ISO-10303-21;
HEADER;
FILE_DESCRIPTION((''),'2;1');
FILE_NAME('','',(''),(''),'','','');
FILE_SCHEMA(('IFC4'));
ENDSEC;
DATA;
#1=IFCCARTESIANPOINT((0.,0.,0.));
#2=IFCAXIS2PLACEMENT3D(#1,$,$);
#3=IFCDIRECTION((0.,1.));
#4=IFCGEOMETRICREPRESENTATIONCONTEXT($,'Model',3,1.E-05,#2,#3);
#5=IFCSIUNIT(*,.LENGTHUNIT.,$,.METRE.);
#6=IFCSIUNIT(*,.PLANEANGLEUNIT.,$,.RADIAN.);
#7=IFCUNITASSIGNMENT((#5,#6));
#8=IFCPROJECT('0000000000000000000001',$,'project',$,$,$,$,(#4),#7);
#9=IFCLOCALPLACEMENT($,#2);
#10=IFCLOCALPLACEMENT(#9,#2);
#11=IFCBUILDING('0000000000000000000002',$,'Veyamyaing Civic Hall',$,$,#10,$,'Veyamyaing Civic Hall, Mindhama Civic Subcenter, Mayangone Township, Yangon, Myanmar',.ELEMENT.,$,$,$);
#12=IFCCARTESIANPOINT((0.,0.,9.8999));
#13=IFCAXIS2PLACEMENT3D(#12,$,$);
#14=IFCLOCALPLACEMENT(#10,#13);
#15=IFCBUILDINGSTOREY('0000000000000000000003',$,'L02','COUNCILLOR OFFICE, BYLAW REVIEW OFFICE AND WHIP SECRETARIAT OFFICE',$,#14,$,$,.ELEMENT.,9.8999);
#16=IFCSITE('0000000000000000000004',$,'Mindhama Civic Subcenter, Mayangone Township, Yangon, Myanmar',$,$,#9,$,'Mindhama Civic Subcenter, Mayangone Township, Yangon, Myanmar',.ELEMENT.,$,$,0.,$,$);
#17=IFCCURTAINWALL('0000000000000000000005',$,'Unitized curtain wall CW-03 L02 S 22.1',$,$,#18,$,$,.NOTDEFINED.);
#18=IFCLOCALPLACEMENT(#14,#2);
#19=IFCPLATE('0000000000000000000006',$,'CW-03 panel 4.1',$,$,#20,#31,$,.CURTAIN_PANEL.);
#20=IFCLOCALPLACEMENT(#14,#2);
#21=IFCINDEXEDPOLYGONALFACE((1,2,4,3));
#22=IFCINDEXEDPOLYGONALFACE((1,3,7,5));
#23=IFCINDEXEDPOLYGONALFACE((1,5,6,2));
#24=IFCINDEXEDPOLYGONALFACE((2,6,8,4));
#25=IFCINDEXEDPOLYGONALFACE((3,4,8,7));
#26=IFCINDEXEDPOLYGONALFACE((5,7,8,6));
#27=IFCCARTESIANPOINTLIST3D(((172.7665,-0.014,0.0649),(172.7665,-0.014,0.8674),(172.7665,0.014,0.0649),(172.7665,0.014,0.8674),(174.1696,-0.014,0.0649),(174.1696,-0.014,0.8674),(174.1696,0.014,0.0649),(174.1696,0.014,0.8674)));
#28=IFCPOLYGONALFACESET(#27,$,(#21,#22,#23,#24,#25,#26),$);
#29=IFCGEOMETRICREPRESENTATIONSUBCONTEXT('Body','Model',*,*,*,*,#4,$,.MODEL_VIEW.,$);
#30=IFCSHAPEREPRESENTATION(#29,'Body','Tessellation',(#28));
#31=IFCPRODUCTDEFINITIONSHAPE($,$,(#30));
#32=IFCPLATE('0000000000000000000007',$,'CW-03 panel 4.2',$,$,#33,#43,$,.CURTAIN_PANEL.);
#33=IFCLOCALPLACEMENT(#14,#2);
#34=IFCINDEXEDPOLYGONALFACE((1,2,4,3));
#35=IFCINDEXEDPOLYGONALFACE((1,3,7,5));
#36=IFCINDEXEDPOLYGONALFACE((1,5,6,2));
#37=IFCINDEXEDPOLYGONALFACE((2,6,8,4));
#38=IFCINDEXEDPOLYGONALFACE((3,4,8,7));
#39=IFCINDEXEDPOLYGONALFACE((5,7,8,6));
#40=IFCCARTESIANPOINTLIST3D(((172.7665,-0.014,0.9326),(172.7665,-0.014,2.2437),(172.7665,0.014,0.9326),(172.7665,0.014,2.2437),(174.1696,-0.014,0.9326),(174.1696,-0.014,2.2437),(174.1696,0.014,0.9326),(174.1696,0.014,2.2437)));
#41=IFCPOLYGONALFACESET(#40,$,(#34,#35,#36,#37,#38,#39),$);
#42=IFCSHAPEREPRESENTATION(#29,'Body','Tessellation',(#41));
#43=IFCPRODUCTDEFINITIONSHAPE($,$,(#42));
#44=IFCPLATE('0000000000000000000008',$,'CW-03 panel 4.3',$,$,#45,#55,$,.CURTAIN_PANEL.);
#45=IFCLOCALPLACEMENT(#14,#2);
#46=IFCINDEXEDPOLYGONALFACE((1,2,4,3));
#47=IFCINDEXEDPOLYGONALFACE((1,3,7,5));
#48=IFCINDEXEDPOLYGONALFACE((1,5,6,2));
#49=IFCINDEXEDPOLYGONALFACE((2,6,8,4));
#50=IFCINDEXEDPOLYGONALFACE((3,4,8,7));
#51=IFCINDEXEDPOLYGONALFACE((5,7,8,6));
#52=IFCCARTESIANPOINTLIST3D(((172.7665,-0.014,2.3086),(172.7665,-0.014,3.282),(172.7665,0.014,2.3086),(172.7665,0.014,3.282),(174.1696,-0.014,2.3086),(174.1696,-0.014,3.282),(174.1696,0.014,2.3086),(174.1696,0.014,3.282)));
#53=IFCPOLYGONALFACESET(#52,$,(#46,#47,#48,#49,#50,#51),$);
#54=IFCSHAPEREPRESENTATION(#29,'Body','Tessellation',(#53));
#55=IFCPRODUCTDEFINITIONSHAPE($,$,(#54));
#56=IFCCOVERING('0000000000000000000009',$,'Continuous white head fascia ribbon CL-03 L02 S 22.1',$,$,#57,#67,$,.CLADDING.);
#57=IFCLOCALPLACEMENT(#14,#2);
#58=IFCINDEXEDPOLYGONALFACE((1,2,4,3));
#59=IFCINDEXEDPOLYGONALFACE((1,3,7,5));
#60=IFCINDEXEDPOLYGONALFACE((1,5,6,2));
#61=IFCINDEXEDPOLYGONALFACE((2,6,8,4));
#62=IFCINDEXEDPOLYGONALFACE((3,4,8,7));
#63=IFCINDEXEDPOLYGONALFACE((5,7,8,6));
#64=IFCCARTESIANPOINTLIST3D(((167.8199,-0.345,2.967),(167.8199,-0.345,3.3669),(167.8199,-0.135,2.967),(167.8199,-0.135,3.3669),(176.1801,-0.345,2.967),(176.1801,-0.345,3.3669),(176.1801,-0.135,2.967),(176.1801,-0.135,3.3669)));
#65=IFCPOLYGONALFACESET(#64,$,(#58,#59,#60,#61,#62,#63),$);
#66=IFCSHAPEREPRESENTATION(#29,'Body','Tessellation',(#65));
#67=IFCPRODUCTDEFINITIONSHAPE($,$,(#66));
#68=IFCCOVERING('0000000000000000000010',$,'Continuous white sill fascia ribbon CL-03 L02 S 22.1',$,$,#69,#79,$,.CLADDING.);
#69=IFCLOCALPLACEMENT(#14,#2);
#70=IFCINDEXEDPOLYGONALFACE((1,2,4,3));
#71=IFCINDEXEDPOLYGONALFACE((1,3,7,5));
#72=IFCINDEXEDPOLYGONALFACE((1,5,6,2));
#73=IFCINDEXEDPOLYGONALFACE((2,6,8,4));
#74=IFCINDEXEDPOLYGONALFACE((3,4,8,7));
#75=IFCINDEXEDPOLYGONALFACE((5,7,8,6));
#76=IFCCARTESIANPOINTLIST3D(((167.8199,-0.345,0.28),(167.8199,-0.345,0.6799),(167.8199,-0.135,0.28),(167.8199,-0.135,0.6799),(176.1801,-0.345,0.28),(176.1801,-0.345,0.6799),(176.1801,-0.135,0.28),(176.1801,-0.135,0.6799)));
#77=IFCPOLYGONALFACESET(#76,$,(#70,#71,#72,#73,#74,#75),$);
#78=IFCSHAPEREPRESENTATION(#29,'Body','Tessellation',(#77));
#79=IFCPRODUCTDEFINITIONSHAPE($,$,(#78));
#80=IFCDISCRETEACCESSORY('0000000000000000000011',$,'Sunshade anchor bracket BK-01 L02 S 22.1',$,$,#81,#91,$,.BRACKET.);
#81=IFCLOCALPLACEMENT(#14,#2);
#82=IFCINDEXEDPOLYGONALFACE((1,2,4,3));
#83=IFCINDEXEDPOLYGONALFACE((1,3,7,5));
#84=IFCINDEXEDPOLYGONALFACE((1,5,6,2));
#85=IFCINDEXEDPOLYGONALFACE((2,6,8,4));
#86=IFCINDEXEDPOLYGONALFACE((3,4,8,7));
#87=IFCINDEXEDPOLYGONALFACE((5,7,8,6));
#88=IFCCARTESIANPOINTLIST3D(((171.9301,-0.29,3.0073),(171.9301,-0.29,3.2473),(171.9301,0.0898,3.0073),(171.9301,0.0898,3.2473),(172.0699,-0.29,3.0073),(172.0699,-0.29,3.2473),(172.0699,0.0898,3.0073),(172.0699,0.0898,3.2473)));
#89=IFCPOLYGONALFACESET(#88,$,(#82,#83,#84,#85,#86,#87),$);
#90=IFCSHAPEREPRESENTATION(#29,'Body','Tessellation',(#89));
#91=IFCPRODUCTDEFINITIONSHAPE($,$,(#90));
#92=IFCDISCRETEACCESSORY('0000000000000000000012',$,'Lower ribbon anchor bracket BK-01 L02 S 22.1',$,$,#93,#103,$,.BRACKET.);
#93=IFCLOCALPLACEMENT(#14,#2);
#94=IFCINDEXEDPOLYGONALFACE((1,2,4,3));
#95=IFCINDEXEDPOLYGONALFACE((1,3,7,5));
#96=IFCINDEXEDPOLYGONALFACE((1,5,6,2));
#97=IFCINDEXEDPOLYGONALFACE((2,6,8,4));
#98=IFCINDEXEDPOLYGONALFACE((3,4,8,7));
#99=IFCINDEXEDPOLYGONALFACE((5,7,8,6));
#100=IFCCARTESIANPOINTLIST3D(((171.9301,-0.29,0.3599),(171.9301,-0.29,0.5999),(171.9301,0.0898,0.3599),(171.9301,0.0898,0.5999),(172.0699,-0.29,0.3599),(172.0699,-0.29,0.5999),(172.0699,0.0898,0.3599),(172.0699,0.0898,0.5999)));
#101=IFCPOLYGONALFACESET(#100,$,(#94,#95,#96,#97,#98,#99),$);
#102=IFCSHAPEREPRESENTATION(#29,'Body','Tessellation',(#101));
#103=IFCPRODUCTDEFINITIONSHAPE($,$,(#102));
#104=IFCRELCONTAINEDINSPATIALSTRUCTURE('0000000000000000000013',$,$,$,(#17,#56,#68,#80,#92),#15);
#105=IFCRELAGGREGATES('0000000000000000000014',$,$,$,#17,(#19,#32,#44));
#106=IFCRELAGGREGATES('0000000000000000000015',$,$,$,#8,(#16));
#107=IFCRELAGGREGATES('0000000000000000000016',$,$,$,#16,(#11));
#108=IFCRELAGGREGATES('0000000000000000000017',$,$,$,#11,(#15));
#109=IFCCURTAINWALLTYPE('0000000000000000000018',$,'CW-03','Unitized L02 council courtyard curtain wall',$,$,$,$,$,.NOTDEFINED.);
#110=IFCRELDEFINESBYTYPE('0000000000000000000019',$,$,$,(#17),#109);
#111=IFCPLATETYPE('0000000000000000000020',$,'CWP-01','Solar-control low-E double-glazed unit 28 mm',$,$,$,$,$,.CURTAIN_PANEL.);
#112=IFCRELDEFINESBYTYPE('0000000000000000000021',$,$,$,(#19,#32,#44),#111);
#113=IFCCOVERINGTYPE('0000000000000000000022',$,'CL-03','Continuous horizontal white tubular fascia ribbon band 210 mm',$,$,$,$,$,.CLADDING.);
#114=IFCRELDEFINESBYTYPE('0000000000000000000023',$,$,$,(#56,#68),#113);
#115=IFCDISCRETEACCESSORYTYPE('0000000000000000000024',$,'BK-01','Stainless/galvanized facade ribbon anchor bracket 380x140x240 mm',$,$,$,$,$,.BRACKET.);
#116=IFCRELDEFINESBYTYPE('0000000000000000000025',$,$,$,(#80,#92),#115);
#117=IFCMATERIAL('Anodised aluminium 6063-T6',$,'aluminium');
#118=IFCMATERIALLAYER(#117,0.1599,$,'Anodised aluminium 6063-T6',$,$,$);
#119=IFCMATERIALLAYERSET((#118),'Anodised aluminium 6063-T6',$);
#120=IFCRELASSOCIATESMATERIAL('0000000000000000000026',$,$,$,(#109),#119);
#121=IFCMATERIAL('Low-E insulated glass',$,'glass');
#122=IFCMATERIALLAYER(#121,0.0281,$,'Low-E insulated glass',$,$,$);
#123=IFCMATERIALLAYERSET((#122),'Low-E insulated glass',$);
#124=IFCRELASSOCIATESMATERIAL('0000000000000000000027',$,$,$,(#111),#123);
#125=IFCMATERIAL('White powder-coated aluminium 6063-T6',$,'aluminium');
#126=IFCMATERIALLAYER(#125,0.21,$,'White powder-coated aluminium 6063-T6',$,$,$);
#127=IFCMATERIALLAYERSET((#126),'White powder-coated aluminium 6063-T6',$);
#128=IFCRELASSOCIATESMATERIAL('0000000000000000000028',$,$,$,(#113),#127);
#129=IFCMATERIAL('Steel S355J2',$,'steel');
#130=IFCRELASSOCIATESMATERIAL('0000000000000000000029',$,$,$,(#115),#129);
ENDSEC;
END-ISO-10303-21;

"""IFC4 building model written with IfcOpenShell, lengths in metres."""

from ifc_helpers import new_model, si_unit, direction, frame, origin, origin_2d, place, context, subcontext, project, spatial, rectangle, extrude, material, layer, layer_set, type_object, element, aggregate, save


model = new_model("IFC4")

# Units and contexts
model_context = context("Model", 3, precision=1e-05, world=origin(), true_north=direction((0.0, 1.0)))
body_context = subcontext(model_context, "Body", "Model", "MODEL_VIEW")
ifc_project = project(units=[si_unit("LENGTHUNIT", "METRE"), si_unit("PLANEANGLEUNIT", "RADIAN")], contexts=[model_context])

# Site, building, storey
site_placement = place(None, origin())
site = spatial("IfcSite", under=ifc_project, at=site_placement, Name="Mindhama Civic Subcenter, Mayangone Township, Yangon, Myanmar", LongName="Mindhama Civic Subcenter, Mayangone Township, Yangon, Myanmar", CompositionType="ELEMENT", RefElevation=0.0)
building_placement = place(site_placement, origin())
building = spatial("IfcBuilding", under=site, at=building_placement, Name="Veyamyaing Civic Hall", LongName="Veyamyaing Civic Hall, Mindhama Civic Subcenter, Mayangone Township, Yangon, Myanmar", CompositionType="ELEMENT")
storey_placement = place(building_placement, frame((0.0, 0.0, 9.8999)))
storey = spatial("IfcBuildingStorey", under=building, at=storey_placement, Name="L02", Description="COUNCILLOR OFFICE, BYLAW REVIEW OFFICE AND WHIP SECRETARIAT OFFICE", CompositionType="ELEMENT", Elevation=9.8999)

# Curtain wall, plates
ifc_material_1 = material(Name="Anodised aluminium 6063-T6", Category="aluminium")
ifc_layer_1 = layer(ifc_material_1, 0.1599, Name="Anodised aluminium 6063-T6")
ifc_layer_set_1 = layer_set([ifc_layer_1], Name="Anodised aluminium 6063-T6")
curtain_wall_type = type_object("IfcCurtainWallType", Name="CW-03", Description="Unitized L02 council courtyard curtain wall", PredefinedType="NOTDEFINED", material=ifc_layer_set_1)
curtain_wall_placement = place(storey_placement, origin())
curtain_wall = element("IfcCurtainWall", 1, at=curtain_wall_placement, inside=storey, type_object=curtain_wall_type, Name="Unitized curtain wall CW-03 L02 S 22.1", PredefinedType="NOTDEFINED")
ifc_material_2 = material(Name="Low-E insulated glass", Category="glass")
ifc_layer_2 = layer(ifc_material_2, 0.0281, Name="Low-E insulated glass")
ifc_layer_set_2 = layer_set([ifc_layer_2], Name="Low-E insulated glass")
plate_type = type_object("IfcPlateType", Name="CWP-01", Description="Solar-control low-E double-glazed unit 28 mm", PredefinedType="CURTAIN_PANEL", material=ifc_layer_set_2)
plate_1_placement = place(storey_placement, frame((173.468, 0.0, 0.0649), z_axis=(0.0, 0.0, 1.0), x_axis=(1.0, 0.0, 0.0)))
plate_1 = element("IfcPlate", 2, at=plate_1_placement, type_object=plate_type, Name="CW-03 panel 4.1", PredefinedType="CURTAIN_PANEL", context=body_context, shape_type="SweptSolid", body=[
    extrude(rectangle(XDim=1.4031, YDim=0.0281, at=origin_2d()), origin(), (0.0, 0.0, 1.0), 0.8025),
])
plate_2_placement = place(storey_placement, frame((173.468, 0.0, 0.9326), z_axis=(0.0, 0.0, 1.0), x_axis=(1.0, 0.0, 0.0)))
plate_2 = element("IfcPlate", 3, at=plate_2_placement, type_object=plate_type, Name="CW-03 panel 4.2", PredefinedType="CURTAIN_PANEL", context=body_context, shape_type="SweptSolid", body=[
    extrude(rectangle(XDim=1.4031, YDim=0.0281, at=origin_2d()), origin(), (0.0, 0.0, 1.0), 1.311),
])
plate_3_placement = place(storey_placement, frame((173.468, 0.0, 2.3086), z_axis=(0.0, 0.0, 1.0), x_axis=(1.0, 0.0, 0.0)))
plate_3 = element("IfcPlate", 4, at=plate_3_placement, type_object=plate_type, Name="CW-03 panel 4.3", PredefinedType="CURTAIN_PANEL", context=body_context, shape_type="SweptSolid", body=[
    extrude(rectangle(XDim=1.4031, YDim=0.0281, at=origin_2d()), origin(), (0.0, 0.0, 1.0), 0.9734),
])
aggregate(curtain_wall, [plate_1, plate_2, plate_3])

# Coverings
ifc_material_3 = material(Name="White powder-coated aluminium 6063-T6", Category="aluminium")
ifc_layer_3 = layer(ifc_material_3, 0.21, Name="White powder-coated aluminium 6063-T6")
ifc_layer_set_3 = layer_set([ifc_layer_3], Name="White powder-coated aluminium 6063-T6")
covering_type = type_object("IfcCoveringType", Name="CL-03", Description="Continuous horizontal white tubular fascia ribbon band 210 mm", PredefinedType="CLADDING", material=ifc_layer_set_3)
for number, where, z_axis, x_axis, name in (
    (5, (172.0, -0.24, 2.967), (0.0, 0.0, 1.0), (1.0, 0.0, 0.0), "Continuous white head fascia ribbon CL-03 L02 S 22.1"),
    (6, (172.0, -0.24, 0.28), (0.0, 0.0, 1.0), (1.0, 0.0, 0.0), "Continuous white sill fascia ribbon CL-03 L02 S 22.1"),
):
    element("IfcCovering", number, at=place(storey_placement, frame(where, z_axis=z_axis, x_axis=x_axis)), inside=storey, type_object=covering_type, Name=name, PredefinedType="CLADDING", context=body_context, shape_type="SweptSolid", body=[
        extrude(rectangle(XDim=8.3601, YDim=0.21, at=origin_2d()), origin(), (0.0, 0.0, 1.0), 0.3999),
    ])

# Discrete accessories
ifc_material_4 = material(Name="Steel S355J2", Category="steel")
discrete_accessory_type = type_object("IfcDiscreteAccessoryType", Name="BK-01", Description="Stainless/galvanized facade ribbon anchor bracket 380x140x240 mm", PredefinedType="BRACKET", material=ifc_material_4)
for number, where, z_axis, x_axis, name in (
    (7, (172.0, -0.1001, 3.0073), (0.0, 0.0, 1.0), (0.0, -1.0, 0.0), "Sunshade anchor bracket BK-01 L02 S 22.1"),
    (8, (172.0, -0.1001, 0.3599), (0.0, 0.0, 1.0), (0.0, -1.0, 0.0), "Lower ribbon anchor bracket BK-01 L02 S 22.1"),
):
    element("IfcDiscreteAccessory", number, at=place(storey_placement, frame(where, z_axis=z_axis, x_axis=x_axis)), inside=storey, type_object=discrete_accessory_type, Name=name, PredefinedType="BRACKET", context=body_context, shape_type="SweptSolid", body=[
        extrude(rectangle(XDim=0.3799, YDim=0.1399, at=origin_2d()), origin(), (0.0, 0.0, 1.0), 0.24),
    ])

save(model, "model.ifc")
